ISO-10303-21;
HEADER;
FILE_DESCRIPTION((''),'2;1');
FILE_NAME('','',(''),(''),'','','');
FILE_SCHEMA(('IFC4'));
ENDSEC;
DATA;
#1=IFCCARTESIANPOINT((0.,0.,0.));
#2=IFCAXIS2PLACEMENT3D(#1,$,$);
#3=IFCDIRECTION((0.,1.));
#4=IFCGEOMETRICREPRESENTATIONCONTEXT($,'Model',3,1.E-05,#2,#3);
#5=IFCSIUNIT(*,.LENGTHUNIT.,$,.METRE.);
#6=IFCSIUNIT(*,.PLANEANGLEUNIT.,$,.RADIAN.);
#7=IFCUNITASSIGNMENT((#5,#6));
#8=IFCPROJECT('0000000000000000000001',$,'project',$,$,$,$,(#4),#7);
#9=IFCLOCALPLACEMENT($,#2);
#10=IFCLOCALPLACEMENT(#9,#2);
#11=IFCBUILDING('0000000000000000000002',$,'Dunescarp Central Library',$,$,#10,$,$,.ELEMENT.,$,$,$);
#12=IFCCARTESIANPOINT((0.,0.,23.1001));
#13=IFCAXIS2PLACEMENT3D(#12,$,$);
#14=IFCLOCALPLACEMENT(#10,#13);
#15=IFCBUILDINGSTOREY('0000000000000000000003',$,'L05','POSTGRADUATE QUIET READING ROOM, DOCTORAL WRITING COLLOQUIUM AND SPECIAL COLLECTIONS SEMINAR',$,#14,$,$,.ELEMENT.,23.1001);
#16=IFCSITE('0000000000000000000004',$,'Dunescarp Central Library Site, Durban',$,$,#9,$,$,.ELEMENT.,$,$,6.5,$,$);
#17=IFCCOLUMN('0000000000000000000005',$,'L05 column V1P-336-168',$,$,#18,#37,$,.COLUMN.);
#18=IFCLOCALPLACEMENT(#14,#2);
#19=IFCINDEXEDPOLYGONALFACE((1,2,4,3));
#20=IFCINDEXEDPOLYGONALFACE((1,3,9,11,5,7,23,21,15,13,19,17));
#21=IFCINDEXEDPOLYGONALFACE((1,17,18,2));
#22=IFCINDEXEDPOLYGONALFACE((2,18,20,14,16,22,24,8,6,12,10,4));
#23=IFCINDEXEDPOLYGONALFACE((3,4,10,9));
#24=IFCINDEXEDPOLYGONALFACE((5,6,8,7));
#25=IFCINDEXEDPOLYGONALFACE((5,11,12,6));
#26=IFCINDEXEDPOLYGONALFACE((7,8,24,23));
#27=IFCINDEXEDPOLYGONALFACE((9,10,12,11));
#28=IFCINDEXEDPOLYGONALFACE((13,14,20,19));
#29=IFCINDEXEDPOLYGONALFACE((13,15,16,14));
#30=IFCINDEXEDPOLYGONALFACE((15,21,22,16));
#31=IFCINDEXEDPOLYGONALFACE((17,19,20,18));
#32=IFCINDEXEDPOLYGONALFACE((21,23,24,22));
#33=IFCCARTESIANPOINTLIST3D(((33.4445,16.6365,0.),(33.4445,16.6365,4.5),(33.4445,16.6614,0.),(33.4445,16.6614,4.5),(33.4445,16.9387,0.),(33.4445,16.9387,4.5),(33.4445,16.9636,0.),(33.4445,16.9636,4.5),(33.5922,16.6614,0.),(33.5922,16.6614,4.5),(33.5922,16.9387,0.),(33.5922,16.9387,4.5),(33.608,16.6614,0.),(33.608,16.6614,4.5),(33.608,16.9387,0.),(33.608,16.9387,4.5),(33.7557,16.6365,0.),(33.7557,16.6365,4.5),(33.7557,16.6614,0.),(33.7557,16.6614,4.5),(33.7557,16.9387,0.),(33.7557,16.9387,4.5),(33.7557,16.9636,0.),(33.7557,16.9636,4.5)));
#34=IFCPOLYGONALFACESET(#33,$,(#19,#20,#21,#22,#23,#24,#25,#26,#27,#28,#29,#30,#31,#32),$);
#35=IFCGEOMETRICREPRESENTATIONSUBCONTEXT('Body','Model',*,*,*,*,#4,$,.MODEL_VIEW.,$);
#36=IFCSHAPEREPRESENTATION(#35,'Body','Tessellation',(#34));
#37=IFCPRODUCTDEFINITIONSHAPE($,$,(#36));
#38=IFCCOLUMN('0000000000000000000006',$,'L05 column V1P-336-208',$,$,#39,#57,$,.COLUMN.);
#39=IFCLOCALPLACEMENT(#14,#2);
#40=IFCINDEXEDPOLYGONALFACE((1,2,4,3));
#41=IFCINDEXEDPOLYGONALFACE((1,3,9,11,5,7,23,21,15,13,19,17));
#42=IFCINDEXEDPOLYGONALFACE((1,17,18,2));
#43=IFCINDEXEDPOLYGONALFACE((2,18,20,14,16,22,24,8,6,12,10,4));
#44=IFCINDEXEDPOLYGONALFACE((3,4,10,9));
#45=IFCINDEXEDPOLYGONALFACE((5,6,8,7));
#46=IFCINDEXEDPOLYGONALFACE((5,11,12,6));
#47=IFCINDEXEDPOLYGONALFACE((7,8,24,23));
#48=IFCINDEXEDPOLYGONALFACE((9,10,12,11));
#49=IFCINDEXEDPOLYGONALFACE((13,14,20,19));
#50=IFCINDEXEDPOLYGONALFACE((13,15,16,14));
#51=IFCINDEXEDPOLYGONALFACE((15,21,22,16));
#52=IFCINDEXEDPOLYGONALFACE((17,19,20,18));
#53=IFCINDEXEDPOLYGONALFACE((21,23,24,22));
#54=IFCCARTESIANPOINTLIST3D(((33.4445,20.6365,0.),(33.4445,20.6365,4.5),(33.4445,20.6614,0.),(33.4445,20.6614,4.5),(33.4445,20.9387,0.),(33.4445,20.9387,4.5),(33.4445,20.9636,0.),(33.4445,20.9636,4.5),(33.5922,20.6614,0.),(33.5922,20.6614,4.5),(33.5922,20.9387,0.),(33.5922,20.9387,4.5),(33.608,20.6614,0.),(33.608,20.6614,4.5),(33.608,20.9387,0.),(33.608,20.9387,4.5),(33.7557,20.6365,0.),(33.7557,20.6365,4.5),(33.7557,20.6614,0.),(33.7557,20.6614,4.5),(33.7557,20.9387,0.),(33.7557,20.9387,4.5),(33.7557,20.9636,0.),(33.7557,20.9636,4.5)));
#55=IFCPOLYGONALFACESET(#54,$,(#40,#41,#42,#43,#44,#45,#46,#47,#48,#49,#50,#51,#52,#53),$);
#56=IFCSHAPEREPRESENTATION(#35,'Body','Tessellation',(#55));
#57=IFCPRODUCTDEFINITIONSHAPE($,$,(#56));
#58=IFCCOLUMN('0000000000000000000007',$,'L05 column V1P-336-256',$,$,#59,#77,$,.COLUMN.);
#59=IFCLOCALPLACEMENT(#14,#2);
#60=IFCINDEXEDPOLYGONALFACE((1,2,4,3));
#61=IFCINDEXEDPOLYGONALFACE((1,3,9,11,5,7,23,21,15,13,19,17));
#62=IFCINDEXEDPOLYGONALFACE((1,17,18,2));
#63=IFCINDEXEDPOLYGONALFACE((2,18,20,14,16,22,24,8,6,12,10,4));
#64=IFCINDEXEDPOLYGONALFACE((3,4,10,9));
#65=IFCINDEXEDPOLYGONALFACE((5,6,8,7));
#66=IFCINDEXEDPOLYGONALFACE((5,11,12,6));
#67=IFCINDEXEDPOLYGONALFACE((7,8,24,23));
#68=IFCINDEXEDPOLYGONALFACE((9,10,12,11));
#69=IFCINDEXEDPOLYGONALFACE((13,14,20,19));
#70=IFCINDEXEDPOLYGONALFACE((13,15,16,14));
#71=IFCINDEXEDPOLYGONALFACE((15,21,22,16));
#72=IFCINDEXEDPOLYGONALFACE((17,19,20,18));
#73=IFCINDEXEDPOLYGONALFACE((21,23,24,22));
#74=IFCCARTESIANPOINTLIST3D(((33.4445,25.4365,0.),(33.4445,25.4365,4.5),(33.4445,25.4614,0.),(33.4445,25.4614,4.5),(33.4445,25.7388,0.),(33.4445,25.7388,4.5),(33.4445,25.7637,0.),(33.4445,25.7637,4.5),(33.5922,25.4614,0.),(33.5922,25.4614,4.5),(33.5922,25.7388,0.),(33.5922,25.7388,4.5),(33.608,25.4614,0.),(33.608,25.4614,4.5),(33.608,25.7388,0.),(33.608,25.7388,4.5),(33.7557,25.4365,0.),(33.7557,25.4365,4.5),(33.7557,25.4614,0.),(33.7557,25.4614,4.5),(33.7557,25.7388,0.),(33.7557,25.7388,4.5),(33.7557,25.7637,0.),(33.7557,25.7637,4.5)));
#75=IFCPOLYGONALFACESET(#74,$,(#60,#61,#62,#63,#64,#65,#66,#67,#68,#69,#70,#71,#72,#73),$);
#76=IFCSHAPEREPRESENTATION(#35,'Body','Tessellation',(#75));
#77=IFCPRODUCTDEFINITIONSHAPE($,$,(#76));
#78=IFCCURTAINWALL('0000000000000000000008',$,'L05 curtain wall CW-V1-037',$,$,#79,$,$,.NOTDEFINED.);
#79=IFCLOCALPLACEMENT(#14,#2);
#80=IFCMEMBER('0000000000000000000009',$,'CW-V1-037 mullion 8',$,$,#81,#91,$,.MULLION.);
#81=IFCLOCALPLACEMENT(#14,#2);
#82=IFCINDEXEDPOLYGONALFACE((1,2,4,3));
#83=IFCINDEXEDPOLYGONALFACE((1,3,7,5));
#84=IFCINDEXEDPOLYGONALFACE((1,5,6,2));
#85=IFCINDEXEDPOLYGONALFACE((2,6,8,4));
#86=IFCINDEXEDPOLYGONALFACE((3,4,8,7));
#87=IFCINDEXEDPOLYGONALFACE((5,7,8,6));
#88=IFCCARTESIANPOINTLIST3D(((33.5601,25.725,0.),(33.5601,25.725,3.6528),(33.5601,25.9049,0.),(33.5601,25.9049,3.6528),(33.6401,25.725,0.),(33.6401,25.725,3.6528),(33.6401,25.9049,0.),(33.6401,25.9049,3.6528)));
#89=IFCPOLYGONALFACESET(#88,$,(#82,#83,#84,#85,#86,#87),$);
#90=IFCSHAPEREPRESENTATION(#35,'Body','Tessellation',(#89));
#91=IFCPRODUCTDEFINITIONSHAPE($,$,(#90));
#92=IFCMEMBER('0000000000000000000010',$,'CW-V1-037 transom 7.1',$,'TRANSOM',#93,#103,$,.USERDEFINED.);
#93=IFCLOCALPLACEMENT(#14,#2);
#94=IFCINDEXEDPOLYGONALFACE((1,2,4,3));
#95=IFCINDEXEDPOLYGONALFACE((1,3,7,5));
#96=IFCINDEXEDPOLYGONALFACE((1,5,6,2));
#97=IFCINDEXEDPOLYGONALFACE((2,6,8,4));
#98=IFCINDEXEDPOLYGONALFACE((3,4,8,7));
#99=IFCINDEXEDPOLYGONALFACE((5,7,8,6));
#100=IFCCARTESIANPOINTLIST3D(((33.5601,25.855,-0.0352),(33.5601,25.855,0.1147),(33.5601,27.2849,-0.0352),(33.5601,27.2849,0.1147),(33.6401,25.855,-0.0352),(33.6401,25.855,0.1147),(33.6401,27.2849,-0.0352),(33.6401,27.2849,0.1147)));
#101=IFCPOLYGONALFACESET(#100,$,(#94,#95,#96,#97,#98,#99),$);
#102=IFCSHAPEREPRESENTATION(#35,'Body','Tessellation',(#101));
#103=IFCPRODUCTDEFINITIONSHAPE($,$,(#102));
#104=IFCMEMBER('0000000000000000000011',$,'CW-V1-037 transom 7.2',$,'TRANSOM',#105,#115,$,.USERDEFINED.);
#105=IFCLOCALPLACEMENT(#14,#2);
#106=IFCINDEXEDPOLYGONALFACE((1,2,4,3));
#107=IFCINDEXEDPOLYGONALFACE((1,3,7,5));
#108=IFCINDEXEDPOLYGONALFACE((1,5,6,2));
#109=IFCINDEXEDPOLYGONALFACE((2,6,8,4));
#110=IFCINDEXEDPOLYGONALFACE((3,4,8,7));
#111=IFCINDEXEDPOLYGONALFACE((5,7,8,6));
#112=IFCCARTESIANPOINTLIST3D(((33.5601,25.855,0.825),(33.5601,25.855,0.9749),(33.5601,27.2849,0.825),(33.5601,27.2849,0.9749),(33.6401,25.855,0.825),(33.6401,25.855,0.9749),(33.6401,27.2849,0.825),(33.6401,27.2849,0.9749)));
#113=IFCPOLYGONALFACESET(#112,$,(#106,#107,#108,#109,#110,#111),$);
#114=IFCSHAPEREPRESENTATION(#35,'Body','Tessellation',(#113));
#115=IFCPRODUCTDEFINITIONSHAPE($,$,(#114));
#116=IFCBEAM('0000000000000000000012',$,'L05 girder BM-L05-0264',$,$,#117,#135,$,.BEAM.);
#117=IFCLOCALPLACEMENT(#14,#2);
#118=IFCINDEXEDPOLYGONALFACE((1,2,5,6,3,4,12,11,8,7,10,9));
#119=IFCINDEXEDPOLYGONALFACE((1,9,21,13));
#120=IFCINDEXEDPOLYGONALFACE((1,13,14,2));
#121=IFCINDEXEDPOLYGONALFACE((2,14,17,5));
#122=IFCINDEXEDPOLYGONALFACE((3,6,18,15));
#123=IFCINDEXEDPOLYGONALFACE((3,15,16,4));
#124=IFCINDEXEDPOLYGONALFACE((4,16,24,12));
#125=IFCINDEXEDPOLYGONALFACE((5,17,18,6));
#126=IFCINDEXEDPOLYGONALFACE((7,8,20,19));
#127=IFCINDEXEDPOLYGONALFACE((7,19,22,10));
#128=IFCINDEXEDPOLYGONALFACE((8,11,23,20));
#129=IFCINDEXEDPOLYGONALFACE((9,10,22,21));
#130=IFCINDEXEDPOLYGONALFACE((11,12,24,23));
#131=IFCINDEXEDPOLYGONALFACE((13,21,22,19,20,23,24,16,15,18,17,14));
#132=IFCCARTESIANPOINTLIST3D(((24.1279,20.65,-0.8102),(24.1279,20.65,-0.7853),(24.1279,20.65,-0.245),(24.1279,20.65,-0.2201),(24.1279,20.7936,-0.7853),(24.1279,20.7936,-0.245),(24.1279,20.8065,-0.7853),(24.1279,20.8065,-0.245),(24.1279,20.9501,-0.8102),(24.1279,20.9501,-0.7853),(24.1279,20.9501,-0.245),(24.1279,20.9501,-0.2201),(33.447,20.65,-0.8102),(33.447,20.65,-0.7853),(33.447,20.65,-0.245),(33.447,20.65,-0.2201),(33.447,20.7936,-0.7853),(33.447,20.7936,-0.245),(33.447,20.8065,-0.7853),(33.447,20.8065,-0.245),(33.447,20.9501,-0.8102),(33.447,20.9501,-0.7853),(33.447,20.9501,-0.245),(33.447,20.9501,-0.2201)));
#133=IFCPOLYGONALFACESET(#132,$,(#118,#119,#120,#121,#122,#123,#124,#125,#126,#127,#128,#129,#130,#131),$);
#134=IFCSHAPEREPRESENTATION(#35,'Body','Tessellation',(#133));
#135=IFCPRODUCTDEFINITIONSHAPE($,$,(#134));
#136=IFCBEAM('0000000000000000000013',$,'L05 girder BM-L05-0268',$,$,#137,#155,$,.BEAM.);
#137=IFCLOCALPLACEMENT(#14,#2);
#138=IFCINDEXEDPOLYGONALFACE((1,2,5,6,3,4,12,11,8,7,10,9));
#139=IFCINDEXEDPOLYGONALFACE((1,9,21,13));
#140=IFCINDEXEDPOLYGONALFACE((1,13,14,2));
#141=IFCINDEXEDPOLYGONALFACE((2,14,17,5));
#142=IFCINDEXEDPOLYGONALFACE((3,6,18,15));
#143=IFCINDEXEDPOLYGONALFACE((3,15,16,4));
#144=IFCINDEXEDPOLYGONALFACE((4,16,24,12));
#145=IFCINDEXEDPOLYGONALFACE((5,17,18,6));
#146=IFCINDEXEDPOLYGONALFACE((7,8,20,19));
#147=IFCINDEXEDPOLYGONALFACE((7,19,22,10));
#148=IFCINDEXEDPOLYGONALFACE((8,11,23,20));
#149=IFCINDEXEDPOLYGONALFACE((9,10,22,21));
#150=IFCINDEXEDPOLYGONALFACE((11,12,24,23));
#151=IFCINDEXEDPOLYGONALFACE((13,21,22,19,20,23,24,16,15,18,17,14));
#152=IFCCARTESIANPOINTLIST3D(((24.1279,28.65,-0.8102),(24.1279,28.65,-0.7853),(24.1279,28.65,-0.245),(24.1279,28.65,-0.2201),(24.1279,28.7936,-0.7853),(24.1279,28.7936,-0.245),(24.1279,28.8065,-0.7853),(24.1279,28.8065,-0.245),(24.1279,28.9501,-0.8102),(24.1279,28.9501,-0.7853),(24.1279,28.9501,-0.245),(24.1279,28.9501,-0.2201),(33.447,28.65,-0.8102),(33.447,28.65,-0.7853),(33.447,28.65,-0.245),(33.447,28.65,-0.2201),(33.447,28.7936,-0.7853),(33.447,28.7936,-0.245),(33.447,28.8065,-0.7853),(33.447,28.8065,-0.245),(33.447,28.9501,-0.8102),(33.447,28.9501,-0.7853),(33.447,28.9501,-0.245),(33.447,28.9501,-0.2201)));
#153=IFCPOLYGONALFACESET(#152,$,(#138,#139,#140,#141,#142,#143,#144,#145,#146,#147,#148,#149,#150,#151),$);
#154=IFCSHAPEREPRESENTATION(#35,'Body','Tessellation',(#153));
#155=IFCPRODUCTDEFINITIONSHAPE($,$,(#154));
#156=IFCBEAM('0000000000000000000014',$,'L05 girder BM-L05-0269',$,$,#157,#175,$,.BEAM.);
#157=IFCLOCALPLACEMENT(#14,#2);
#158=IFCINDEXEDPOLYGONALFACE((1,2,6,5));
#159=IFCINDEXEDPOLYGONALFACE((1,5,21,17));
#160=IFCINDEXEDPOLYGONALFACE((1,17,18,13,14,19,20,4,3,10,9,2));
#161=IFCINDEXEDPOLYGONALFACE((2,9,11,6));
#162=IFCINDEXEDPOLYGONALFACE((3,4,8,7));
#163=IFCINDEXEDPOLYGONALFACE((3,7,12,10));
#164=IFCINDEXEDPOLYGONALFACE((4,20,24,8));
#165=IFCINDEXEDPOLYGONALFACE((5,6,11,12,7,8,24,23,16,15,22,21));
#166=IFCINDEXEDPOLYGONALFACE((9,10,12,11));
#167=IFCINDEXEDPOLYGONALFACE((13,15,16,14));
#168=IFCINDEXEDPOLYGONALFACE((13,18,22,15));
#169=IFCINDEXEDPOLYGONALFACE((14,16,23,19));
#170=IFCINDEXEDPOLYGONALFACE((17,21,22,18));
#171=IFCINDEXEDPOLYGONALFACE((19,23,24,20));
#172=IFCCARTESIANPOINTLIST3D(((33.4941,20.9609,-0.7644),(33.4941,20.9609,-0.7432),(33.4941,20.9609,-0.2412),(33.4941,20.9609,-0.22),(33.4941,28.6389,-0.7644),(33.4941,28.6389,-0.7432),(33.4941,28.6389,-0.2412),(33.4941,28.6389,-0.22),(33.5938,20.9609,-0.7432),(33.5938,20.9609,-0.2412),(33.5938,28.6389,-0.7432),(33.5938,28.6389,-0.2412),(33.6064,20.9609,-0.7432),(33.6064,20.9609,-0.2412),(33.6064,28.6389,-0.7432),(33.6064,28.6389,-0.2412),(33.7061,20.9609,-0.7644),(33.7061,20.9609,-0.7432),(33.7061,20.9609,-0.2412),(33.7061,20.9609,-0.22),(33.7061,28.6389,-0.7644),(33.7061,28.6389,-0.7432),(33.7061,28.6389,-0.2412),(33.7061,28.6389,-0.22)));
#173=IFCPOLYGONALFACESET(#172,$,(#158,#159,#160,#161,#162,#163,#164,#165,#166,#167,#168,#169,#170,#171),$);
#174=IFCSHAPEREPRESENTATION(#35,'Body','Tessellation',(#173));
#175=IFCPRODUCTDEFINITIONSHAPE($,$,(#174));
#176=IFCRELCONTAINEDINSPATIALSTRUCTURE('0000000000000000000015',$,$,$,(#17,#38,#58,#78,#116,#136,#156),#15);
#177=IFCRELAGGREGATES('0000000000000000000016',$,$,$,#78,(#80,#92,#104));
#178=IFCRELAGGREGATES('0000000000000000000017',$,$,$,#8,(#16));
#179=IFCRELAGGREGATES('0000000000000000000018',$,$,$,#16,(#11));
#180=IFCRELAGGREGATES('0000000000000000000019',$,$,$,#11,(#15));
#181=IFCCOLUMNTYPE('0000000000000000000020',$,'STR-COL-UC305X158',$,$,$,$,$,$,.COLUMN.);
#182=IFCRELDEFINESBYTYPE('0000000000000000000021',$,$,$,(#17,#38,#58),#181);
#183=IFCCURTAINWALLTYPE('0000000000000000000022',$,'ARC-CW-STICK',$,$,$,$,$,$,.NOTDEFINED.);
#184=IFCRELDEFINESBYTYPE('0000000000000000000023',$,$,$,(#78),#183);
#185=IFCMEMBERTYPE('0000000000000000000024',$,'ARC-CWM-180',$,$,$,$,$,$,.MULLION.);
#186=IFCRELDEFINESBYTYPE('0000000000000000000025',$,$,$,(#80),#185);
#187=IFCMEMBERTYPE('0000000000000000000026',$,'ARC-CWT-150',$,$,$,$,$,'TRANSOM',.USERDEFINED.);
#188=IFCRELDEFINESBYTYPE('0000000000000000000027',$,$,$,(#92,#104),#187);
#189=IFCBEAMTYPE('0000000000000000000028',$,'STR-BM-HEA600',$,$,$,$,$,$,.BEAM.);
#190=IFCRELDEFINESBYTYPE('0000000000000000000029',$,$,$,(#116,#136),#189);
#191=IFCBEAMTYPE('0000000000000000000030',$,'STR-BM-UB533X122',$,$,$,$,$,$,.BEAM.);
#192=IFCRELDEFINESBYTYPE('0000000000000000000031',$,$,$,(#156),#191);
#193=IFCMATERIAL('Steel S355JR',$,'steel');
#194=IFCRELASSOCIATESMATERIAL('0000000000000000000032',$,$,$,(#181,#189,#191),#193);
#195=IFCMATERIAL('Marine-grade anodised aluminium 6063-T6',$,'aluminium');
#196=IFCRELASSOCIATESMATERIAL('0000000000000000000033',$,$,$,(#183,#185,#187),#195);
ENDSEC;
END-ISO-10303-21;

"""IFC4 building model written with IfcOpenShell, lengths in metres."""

from ifc_helpers import new_model, si_unit, direction, frame, origin, origin_2d, place, context, subcontext, project, spatial, rectangle, i_section, extrude, material, material_profile, profile_set, type_object, element, aggregate, save


model = new_model("IFC4")

# Units and contexts
model_context = context("Model", 3, precision=1e-05, world=origin(), true_north=direction((0.0, 1.0)))
body_context = subcontext(model_context, "Body", "Model", "MODEL_VIEW")
ifc_project = project(units=[si_unit("LENGTHUNIT", "METRE"), si_unit("PLANEANGLEUNIT", "RADIAN")], contexts=[model_context])

# Site, building, storey
site_placement = place(None, origin())
site = spatial("IfcSite", under=ifc_project, at=site_placement, Name="Dunescarp Central Library Site, Durban", CompositionType="ELEMENT", RefElevation=6.5)
building_placement = place(site_placement, origin())
building = spatial("IfcBuilding", under=site, at=building_placement, Name="Dunescarp Central Library", CompositionType="ELEMENT")
storey_placement = place(building_placement, frame((0.0, 0.0, 23.1001)))
storey = spatial("IfcBuildingStorey", under=building, at=storey_placement, Name="L05", Description="POSTGRADUATE QUIET READING ROOM, DOCTORAL WRITING COLLOQUIUM AND SPECIAL COLLECTIONS SEMINAR", CompositionType="ELEMENT", Elevation=23.1001)

# Columns
ifc_material_1 = material(Name="Steel S355JR", Category="steel")
ifc_material_profile_1 = material_profile(ifc_material_1, i_section(OverallWidth=0.3113, OverallDepth=0.3271, WebThickness=0.0159, FlangeThickness=0.0249, at=origin_2d()), Name="UC 305x305x158")
ifc_profile_set_1 = profile_set([ifc_material_profile_1], Name="Steel S355JR")
column_type = type_object("IfcColumnType", Name="STR-COL-UC305X158", PredefinedType="COLUMN", material=ifc_profile_set_1)
for number, where, z_axis, x_axis, name in (
    (1, (33.6001, 16.8, 0.0), (0.0, 0.0, 1.0), (1.0, 0.0, 0.0), "L05 column V1P-336-168"),
    (2, (33.6001, 20.8, 0.0), (0.0, 0.0, 1.0), (1.0, 0.0, 0.0), "L05 column V1P-336-208"),
    (3, (33.6001, 25.6001, 0.0), (0.0, 0.0, 1.0), (1.0, 0.0, 0.0), "L05 column V1P-336-256"),
):
    element("IfcColumn", number, at=place(storey_placement, frame(where, z_axis=z_axis, x_axis=x_axis)), inside=storey, type_object=column_type, Name=name, PredefinedType="COLUMN", context=body_context, shape_type="SweptSolid", body=[
        extrude(i_section(OverallWidth=0.3113, OverallDepth=0.3271, WebThickness=0.0159, FlangeThickness=0.0249, at=origin_2d()), origin(), (0.0, 0.0, 1.0), 4.5),
    ])

# Curtain wall, members
ifc_material_2 = material(Name="Marine-grade anodised aluminium 6063-T6", Category="aluminium")
curtain_wall_type = type_object("IfcCurtainWallType", Name="ARC-CW-STICK", PredefinedType="NOTDEFINED", material=ifc_material_2)
curtain_wall_placement = place(storey_placement, origin())
curtain_wall = element("IfcCurtainWall", 4, at=curtain_wall_placement, inside=storey, type_object=curtain_wall_type, Name="L05 curtain wall CW-V1-037", PredefinedType="NOTDEFINED")
ifc_material_profile_2 = material_profile(ifc_material_2, rectangle(XDim=0.0801, YDim=0.1799, at=origin_2d()), Name="AL 80x180")
ifc_profile_set_2 = profile_set([ifc_material_profile_2], Name="Marine-grade anodised aluminium 6063-T6")
member_type_1 = type_object("IfcMemberType", Name="ARC-CWM-180", PredefinedType="MULLION", material=ifc_profile_set_2)
member_1_placement = place(storey_placement, frame((33.6001, 25.8149, 0.0), z_axis=(0.0, 0.0, 1.0), x_axis=(1.0, 0.0, 0.0)))
member_1 = element("IfcMember", 5, at=member_1_placement, type_object=member_type_1, Name="CW-V1-037 mullion 8", PredefinedType="MULLION", context=body_context, shape_type="SweptSolid", body=[
    extrude(rectangle(XDim=0.0801, YDim=0.1799, at=origin_2d()), origin(), (0.0, 0.0, 1.0), 3.6528),
])
ifc_material_profile_3 = material_profile(ifc_material_2, rectangle(XDim=0.0801, YDim=0.1499, at=origin_2d()), Name="AL 80x150")
ifc_profile_set_3 = profile_set([ifc_material_profile_3], Name="Marine-grade anodised aluminium 6063-T6")
member_type_2 = type_object("IfcMemberType", Name="ARC-CWT-150", ElementType="TRANSOM", PredefinedType="USERDEFINED", material=ifc_profile_set_3)
member_2_placement = place(storey_placement, frame((33.6001, 27.2849, 0.0398), z_axis=(0.0, -1.0, 0.0), x_axis=(1.0, 0.0, 0.0)))
member_2 = element("IfcMember", 6, at=member_2_placement, type_object=member_type_2, Name="CW-V1-037 transom 7.1", ObjectType="TRANSOM", PredefinedType="USERDEFINED", context=body_context, shape_type="SweptSolid", body=[
    extrude(rectangle(XDim=0.0801, YDim=0.1499, at=origin_2d()), origin(), (0.0, 0.0, 1.0), 1.4299),
])
member_3_placement = place(storey_placement, frame((33.6001, 27.2849, 0.8999), z_axis=(0.0, -1.0, 0.0), x_axis=(1.0, 0.0, 0.0)))
member_3 = element("IfcMember", 7, at=member_3_placement, type_object=member_type_2, Name="CW-V1-037 transom 7.2", ObjectType="TRANSOM", PredefinedType="USERDEFINED", context=body_context, shape_type="SweptSolid", body=[
    extrude(rectangle(XDim=0.0801, YDim=0.1499, at=origin_2d()), origin(), (0.0, 0.0, 1.0), 1.4299),
])

# Beams
ifc_material_profile_4 = material_profile(ifc_material_1, i_section(OverallWidth=0.3, OverallDepth=0.5901, WebThickness=0.0129, FlangeThickness=0.0249, at=origin_2d()), Name="HEA 600")
ifc_profile_set_4 = profile_set([ifc_material_profile_4], Name="Steel S355JR")
beam_type_1 = type_object("IfcBeamType", Name="STR-BM-HEA600", PredefinedType="BEAM", material=ifc_profile_set_4)
for number, where, z_axis, x_axis, name in (
    (8, (24.1279, 20.8, -0.5151), (1.0, 0.0, 0.0), (0.0, 1.0, 0.0), "L05 girder BM-L05-0264"),
    (9, (24.1279, 28.8, -0.5151), (1.0, 0.0, 0.0), (0.0, 1.0, 0.0), "L05 girder BM-L05-0268"),
):
    element("IfcBeam", number, at=place(storey_placement, frame(where, z_axis=z_axis, x_axis=x_axis)), inside=storey, type_object=beam_type_1, Name=name, PredefinedType="BEAM", context=body_context, shape_type="SweptSolid", body=[
        extrude(i_section(OverallWidth=0.3, OverallDepth=0.5901, WebThickness=0.0129, FlangeThickness=0.0249, at=origin_2d()), origin(), (0.0, 0.0, 1.0), 9.3191),
    ])
ifc_material_profile_5 = material_profile(ifc_material_1, i_section(OverallWidth=0.2119, OverallDepth=0.5444, WebThickness=0.0127, FlangeThickness=0.0212, at=origin_2d()), Name="UB 533x210x122")
ifc_profile_set_5 = profile_set([ifc_material_profile_5], Name="Steel S355JR")
beam_type_2 = type_object("IfcBeamType", Name="STR-BM-UB533X122", PredefinedType="BEAM", material=ifc_profile_set_5)
beam_placement = place(storey_placement, frame((33.6001, 20.9609, -0.4922), z_axis=(0.0, 1.0, 0.0), x_axis=(-1.0, 0.0, 0.0)))
element("IfcBeam", 10, at=beam_placement, inside=storey, type_object=beam_type_2, Name="L05 girder BM-L05-0269", PredefinedType="BEAM", context=body_context, shape_type="SweptSolid", body=[
    extrude(i_section(OverallWidth=0.2119, OverallDepth=0.5444, WebThickness=0.0127, FlangeThickness=0.0212, at=origin_2d()), origin(), (0.0, 0.0, 1.0), 7.678),
])

aggregate(curtain_wall, [member_1, member_2, member_3])

save(model, "model.ifc")
